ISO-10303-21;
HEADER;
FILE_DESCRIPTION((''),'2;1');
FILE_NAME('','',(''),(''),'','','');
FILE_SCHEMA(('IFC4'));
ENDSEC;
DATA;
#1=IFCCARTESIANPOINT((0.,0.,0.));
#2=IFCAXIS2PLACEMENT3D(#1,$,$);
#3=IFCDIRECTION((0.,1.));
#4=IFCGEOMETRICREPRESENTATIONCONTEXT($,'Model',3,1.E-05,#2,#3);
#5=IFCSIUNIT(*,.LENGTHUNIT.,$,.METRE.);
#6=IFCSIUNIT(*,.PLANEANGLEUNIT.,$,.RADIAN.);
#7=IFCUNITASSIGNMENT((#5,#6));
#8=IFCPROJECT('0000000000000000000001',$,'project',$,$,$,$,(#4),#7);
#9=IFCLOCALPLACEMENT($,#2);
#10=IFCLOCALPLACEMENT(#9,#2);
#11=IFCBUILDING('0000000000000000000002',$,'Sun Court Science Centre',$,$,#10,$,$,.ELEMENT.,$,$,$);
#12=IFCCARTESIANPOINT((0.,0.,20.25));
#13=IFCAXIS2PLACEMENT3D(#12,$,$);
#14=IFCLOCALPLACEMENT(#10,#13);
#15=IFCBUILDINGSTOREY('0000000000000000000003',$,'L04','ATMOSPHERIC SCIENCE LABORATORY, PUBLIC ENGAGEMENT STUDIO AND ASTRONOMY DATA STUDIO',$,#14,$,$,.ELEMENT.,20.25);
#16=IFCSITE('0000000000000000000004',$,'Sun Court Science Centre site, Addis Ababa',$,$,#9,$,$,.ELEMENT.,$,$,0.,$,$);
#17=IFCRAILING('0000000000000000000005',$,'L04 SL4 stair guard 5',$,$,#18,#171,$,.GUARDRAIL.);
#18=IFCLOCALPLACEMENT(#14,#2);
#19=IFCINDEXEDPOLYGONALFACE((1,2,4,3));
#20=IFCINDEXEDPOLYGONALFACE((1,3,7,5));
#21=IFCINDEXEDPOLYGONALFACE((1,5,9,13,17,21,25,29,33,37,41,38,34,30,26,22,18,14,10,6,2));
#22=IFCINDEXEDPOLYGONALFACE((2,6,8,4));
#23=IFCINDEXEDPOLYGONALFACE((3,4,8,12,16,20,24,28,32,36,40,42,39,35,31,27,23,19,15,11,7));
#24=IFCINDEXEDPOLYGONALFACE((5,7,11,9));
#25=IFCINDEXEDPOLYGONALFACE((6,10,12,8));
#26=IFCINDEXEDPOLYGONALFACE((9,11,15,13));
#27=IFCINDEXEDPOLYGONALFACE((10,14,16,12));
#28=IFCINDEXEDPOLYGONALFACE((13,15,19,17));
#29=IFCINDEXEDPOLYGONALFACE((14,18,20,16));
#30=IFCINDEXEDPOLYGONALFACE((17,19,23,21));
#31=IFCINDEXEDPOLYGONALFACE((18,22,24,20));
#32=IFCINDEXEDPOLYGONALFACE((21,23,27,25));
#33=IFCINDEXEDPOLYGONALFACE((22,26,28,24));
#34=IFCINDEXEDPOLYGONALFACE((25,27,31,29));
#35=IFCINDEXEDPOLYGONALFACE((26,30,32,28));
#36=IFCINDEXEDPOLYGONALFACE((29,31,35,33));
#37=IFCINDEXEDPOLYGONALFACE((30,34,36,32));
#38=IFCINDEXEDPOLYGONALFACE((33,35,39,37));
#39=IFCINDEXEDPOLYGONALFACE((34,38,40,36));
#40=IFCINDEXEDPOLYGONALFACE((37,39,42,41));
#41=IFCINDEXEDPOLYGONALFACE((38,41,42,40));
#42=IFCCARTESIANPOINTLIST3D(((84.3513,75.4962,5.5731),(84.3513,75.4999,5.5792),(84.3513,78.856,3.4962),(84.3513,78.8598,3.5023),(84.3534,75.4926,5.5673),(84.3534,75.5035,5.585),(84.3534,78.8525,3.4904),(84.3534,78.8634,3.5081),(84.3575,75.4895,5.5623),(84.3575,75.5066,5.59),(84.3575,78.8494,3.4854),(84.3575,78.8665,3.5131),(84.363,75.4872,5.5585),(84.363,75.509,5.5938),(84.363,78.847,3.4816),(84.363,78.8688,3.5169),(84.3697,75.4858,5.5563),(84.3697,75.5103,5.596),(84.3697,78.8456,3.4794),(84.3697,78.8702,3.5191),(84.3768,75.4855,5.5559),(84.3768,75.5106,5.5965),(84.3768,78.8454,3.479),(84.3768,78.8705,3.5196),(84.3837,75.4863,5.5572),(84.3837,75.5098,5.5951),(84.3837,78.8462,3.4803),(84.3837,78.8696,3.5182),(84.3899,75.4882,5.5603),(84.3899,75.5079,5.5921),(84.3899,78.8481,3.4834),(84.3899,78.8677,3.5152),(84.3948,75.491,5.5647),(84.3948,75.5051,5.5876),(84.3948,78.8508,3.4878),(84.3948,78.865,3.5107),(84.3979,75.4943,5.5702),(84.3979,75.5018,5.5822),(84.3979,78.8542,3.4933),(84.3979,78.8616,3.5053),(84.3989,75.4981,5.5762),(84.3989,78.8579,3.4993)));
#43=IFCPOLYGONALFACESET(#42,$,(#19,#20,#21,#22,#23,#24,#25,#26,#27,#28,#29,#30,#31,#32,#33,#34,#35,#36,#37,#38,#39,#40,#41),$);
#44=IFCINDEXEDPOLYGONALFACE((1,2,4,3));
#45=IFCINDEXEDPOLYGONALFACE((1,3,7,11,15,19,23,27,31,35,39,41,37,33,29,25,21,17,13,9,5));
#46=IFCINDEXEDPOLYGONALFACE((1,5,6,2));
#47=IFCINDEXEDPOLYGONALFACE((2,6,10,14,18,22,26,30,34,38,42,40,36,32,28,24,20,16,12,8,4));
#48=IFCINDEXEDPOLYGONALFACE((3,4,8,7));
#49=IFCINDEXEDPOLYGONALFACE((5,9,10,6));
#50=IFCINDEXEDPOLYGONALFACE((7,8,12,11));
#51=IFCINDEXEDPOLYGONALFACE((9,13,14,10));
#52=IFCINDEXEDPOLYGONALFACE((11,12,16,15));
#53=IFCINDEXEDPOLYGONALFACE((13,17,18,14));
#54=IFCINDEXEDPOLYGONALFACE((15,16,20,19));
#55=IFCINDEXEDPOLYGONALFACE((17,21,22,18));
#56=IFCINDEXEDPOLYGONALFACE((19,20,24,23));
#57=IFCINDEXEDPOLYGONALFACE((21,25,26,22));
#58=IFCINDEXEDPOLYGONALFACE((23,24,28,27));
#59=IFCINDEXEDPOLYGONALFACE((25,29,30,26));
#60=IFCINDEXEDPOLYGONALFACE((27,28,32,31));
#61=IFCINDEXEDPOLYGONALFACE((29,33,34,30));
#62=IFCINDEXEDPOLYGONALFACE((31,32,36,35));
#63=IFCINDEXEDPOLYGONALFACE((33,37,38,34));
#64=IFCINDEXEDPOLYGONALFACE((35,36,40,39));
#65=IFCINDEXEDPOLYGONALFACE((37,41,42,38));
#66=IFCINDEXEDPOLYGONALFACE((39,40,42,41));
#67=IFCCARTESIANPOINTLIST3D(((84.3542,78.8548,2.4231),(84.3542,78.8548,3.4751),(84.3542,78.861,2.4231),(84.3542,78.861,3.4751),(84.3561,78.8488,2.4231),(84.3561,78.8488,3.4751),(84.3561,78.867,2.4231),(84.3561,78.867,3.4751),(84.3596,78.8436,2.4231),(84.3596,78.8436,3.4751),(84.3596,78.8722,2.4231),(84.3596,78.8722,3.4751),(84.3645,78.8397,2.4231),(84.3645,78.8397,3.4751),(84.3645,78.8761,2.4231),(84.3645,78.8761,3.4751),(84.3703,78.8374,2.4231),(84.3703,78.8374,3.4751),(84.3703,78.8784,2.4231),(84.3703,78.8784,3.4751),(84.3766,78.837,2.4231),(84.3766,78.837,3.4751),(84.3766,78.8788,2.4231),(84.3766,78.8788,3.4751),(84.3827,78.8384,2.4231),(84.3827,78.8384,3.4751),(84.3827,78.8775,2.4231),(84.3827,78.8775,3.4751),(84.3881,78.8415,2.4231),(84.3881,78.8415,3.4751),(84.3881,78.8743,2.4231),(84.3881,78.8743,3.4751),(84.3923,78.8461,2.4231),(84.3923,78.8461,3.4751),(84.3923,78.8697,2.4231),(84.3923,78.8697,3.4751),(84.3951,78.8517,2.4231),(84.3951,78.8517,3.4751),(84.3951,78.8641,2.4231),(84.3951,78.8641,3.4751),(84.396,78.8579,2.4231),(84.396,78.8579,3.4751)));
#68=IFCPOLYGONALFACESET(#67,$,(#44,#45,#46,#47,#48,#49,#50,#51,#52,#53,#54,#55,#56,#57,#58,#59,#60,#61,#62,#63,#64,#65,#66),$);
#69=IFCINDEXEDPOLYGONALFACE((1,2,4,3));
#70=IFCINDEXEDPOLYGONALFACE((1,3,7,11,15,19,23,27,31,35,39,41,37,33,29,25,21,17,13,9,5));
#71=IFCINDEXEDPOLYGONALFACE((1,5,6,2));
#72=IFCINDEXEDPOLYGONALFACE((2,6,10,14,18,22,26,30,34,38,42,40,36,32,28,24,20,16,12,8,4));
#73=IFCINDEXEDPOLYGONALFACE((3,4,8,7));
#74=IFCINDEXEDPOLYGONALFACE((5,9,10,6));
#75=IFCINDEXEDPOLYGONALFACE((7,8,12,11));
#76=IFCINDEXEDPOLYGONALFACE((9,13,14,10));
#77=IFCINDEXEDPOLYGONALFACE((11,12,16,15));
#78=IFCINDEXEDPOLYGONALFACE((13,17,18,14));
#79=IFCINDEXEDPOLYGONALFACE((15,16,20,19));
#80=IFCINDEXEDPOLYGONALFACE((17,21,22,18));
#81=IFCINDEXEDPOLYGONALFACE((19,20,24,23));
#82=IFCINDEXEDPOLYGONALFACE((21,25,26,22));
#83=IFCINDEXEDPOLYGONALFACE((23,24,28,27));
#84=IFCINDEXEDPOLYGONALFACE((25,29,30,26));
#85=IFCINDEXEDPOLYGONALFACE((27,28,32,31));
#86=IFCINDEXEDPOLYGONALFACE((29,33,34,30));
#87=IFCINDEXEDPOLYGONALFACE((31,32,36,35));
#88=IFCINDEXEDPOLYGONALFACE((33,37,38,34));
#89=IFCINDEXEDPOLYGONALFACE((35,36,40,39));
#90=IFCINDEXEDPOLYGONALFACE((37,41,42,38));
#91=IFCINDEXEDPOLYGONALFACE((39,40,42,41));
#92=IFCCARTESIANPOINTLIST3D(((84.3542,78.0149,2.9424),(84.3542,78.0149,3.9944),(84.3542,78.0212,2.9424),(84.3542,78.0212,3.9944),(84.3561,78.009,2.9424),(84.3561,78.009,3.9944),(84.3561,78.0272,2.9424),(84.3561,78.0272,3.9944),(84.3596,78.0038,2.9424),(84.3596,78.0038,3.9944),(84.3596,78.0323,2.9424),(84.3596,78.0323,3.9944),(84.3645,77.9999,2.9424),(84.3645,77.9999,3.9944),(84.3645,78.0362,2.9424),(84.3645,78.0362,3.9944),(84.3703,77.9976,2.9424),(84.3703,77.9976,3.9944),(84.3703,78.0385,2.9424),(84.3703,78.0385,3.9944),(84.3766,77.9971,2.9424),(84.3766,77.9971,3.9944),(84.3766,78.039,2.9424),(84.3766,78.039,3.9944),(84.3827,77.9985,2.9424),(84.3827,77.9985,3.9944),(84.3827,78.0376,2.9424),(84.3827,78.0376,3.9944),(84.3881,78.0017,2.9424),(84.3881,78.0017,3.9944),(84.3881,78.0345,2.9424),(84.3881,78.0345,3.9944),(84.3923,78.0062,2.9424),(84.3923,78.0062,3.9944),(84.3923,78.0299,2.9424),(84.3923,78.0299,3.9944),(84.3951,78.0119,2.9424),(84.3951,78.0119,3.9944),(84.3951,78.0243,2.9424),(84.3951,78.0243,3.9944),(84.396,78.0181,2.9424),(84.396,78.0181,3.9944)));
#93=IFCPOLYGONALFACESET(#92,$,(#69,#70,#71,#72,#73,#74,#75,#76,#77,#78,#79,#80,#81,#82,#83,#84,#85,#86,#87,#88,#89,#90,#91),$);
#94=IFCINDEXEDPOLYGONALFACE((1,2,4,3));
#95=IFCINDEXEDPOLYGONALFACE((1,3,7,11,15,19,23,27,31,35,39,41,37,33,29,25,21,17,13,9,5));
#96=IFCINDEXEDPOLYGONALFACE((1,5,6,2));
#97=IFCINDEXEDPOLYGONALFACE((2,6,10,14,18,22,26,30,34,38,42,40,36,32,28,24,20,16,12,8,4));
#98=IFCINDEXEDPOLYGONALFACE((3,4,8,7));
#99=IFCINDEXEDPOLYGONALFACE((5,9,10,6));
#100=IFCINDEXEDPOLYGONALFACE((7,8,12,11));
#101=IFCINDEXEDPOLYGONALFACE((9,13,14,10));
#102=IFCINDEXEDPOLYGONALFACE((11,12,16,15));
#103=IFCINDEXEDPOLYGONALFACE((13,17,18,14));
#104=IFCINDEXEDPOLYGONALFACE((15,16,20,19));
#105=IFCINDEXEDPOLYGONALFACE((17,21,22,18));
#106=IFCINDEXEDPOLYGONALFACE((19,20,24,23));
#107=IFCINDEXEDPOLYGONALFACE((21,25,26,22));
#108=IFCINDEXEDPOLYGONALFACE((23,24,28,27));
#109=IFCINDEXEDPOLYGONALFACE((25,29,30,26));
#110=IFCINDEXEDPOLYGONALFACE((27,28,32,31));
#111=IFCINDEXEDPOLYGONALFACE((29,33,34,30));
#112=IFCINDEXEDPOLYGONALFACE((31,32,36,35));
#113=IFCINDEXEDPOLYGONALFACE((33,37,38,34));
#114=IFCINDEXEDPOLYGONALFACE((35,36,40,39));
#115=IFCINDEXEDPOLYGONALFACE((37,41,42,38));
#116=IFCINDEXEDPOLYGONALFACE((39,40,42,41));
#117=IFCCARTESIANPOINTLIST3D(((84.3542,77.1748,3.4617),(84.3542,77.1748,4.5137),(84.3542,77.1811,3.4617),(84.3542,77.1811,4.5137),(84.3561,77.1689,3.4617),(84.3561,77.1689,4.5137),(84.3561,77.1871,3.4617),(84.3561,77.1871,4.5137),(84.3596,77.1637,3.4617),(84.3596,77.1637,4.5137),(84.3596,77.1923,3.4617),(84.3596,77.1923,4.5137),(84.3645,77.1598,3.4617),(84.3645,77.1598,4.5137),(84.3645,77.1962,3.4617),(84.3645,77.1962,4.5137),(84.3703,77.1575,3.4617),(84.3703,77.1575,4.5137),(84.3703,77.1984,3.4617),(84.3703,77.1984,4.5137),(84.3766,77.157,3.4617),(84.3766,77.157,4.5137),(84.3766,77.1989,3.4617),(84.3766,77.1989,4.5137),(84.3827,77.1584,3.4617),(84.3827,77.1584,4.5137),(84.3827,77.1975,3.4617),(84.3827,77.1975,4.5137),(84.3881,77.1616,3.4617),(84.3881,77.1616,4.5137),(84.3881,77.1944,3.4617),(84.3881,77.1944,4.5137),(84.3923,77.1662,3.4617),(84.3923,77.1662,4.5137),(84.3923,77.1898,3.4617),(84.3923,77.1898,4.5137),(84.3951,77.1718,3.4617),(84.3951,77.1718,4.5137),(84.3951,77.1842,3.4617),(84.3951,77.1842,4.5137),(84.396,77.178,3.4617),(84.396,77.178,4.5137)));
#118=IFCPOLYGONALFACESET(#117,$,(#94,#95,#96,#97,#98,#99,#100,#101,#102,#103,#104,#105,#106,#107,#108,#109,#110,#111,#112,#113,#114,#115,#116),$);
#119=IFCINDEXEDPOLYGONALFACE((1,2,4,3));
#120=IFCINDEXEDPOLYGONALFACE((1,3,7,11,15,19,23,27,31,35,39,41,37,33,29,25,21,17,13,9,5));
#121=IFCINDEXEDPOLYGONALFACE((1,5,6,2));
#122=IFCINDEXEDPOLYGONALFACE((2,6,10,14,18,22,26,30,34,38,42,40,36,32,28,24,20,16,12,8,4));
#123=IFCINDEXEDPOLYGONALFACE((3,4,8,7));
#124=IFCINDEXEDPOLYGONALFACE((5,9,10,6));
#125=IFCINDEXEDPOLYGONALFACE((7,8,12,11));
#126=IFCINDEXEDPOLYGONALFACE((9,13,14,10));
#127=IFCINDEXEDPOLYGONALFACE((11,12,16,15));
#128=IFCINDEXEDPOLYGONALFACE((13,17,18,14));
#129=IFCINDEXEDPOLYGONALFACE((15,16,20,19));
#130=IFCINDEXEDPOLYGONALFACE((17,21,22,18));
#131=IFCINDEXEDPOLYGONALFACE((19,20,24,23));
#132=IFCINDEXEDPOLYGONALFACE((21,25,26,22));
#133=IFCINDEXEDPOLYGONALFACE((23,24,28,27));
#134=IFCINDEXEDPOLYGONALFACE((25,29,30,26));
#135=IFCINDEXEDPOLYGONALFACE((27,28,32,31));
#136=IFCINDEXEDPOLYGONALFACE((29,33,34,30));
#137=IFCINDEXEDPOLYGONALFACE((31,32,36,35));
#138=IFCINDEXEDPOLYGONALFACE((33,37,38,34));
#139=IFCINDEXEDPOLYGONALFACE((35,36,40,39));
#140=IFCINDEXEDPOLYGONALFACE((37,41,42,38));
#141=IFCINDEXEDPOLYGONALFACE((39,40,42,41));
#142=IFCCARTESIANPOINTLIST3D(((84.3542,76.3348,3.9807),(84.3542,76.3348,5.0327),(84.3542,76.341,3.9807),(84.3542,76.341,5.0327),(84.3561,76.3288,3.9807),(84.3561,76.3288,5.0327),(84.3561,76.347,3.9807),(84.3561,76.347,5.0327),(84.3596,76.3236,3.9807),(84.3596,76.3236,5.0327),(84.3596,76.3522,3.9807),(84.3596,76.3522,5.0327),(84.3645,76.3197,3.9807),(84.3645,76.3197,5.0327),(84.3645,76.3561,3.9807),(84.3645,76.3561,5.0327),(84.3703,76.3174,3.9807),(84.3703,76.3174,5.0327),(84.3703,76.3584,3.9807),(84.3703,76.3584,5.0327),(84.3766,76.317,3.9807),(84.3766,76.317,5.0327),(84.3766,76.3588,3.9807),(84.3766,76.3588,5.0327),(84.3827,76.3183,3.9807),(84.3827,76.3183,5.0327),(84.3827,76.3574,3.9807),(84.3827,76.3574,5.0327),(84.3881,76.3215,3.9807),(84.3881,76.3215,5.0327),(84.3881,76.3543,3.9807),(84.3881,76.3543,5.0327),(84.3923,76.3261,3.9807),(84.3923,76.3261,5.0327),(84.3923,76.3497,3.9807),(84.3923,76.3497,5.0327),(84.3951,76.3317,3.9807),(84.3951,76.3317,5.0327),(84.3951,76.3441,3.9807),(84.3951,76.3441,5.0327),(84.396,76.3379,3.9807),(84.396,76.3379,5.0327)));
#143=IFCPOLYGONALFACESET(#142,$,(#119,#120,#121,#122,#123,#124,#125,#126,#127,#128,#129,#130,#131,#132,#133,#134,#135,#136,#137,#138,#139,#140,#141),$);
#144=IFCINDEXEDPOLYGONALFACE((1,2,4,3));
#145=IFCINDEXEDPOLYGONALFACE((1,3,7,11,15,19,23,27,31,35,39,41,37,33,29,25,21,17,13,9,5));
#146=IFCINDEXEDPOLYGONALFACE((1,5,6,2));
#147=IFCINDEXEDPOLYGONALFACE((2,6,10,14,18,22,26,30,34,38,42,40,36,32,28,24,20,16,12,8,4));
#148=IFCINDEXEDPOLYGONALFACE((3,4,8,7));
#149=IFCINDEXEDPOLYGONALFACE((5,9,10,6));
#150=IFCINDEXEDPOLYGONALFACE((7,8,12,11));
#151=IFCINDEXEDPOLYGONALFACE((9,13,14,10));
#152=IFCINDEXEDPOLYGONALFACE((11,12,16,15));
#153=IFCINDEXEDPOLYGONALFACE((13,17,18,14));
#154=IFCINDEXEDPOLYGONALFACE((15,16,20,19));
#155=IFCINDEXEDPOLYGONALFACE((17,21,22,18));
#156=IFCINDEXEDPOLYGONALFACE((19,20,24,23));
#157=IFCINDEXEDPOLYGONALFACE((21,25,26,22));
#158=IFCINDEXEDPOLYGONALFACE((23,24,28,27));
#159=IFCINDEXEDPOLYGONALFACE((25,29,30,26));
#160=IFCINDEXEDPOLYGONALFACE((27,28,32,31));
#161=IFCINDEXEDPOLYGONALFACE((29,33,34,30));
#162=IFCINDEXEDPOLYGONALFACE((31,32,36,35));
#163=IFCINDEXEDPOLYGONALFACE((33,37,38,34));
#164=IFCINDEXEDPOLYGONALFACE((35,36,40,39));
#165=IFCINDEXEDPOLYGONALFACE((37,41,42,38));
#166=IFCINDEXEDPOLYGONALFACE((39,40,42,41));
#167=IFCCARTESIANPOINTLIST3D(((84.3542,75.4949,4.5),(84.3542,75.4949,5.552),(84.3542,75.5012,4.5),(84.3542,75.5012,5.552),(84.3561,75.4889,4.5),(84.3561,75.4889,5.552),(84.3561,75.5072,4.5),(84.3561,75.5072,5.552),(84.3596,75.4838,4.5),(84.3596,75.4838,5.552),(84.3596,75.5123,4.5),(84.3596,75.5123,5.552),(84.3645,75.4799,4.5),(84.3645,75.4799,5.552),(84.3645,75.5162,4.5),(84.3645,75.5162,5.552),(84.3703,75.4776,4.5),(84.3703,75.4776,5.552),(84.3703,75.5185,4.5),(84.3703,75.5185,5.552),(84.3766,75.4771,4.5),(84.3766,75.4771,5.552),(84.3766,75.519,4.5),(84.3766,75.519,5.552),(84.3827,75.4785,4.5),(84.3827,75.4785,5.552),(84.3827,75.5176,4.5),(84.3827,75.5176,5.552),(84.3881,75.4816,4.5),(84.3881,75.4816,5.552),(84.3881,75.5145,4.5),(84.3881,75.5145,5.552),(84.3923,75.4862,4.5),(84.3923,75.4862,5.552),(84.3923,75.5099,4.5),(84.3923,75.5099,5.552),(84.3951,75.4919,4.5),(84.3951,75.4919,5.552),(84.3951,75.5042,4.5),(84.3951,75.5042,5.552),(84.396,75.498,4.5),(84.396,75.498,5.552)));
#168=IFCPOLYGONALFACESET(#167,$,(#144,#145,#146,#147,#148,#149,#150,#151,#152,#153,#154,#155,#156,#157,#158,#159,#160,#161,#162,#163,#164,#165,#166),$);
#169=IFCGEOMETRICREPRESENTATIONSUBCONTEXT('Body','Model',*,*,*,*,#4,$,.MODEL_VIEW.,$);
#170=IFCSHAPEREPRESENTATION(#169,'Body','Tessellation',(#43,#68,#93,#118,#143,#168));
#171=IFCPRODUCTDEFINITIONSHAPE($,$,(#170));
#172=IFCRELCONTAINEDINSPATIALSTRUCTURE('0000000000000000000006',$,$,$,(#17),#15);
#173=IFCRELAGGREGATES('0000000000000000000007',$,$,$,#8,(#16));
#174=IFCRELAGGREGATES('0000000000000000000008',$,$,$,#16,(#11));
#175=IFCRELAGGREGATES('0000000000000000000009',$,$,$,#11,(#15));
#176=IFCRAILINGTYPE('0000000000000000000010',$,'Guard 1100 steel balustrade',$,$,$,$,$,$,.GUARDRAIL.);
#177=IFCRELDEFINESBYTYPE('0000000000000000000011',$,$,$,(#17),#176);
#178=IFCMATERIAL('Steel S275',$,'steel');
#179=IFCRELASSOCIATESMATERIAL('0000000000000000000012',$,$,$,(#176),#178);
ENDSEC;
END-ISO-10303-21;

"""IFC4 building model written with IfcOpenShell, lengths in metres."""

from ifc_helpers import new_model, si_unit, direction, frame, origin, origin_2d, place, context, subcontext, project, spatial, circle, extrude, material, type_object, element, save


model = new_model("IFC4")

# Units and contexts
model_context = context("Model", 3, precision=1e-05, world=origin(), true_north=direction((0.0, 1.0)))
body_context = subcontext(model_context, "Body", "Model", "MODEL_VIEW")
ifc_project = project(units=[si_unit("LENGTHUNIT", "METRE"), si_unit("PLANEANGLEUNIT", "RADIAN")], contexts=[model_context])

# Site, building, storey
site_placement = place(None, origin())
site = spatial("IfcSite", under=ifc_project, at=site_placement, Name="Sun Court Science Centre site, Addis Ababa", CompositionType="ELEMENT", RefElevation=0.0)
building_placement = place(site_placement, origin())
building = spatial("IfcBuilding", under=site, at=building_placement, Name="Sun Court Science Centre", CompositionType="ELEMENT")
storey_placement = place(building_placement, frame((0.0, 0.0, 20.25)))
storey = spatial("IfcBuildingStorey", under=building, at=storey_placement, Name="L04", Description="ATMOSPHERIC SCIENCE LABORATORY, PUBLIC ENGAGEMENT STUDIO AND ASTRONOMY DATA STUDIO", CompositionType="ELEMENT", Elevation=20.25)

# Railing
ifc_material_1 = material(Name="Steel S275", Category="steel")
railing_type_1 = type_object("IfcRailingType", Name="Guard 1100 steel balustrade", PredefinedType="GUARDRAIL", material=ifc_material_1)
railing_1_placement = place(storey_placement, frame((84.375, 78.8579, 2.4231)))
element("IfcRailing", 1, at=railing_1_placement, inside=storey, type_object=railing_type_1, Name="L04 SL4 stair guard 5", PredefinedType="GUARDRAIL", context=body_context, shape_type="SweptSolid", body=[
    extrude(circle(Radius=0.0239, at=origin_2d()), frame((0.0, 0.0, 1.0762), z_axis=(0.0, -0.850606, 0.525803), x_axis=(1.0, 0.0, 0.0)), (0.0, 0.0, 1.0), 3.95),
    extrude(circle(Radius=0.021, at=origin_2d()), origin(), (0.0, 0.0, 1.0), 1.052),
    extrude(circle(Radius=0.021, at=origin_2d()), frame((0.0, -0.8398, 0.5193)), (0.0, 0.0, 1.0), 1.052),
    extrude(circle(Radius=0.021, at=origin_2d()), frame((0.0, -1.6799, 1.0386)), (0.0, 0.0, 1.0), 1.052),
    extrude(circle(Radius=0.021, at=origin_2d()), frame((0.0, -2.52, 1.5576)), (0.0, 0.0, 1.0), 1.052),
    extrude(circle(Radius=0.021, at=origin_2d()), frame((0.0, -3.3599, 2.0769)), (0.0, 0.0, 1.0), 1.052),
])

save(model, "model.ifc")
